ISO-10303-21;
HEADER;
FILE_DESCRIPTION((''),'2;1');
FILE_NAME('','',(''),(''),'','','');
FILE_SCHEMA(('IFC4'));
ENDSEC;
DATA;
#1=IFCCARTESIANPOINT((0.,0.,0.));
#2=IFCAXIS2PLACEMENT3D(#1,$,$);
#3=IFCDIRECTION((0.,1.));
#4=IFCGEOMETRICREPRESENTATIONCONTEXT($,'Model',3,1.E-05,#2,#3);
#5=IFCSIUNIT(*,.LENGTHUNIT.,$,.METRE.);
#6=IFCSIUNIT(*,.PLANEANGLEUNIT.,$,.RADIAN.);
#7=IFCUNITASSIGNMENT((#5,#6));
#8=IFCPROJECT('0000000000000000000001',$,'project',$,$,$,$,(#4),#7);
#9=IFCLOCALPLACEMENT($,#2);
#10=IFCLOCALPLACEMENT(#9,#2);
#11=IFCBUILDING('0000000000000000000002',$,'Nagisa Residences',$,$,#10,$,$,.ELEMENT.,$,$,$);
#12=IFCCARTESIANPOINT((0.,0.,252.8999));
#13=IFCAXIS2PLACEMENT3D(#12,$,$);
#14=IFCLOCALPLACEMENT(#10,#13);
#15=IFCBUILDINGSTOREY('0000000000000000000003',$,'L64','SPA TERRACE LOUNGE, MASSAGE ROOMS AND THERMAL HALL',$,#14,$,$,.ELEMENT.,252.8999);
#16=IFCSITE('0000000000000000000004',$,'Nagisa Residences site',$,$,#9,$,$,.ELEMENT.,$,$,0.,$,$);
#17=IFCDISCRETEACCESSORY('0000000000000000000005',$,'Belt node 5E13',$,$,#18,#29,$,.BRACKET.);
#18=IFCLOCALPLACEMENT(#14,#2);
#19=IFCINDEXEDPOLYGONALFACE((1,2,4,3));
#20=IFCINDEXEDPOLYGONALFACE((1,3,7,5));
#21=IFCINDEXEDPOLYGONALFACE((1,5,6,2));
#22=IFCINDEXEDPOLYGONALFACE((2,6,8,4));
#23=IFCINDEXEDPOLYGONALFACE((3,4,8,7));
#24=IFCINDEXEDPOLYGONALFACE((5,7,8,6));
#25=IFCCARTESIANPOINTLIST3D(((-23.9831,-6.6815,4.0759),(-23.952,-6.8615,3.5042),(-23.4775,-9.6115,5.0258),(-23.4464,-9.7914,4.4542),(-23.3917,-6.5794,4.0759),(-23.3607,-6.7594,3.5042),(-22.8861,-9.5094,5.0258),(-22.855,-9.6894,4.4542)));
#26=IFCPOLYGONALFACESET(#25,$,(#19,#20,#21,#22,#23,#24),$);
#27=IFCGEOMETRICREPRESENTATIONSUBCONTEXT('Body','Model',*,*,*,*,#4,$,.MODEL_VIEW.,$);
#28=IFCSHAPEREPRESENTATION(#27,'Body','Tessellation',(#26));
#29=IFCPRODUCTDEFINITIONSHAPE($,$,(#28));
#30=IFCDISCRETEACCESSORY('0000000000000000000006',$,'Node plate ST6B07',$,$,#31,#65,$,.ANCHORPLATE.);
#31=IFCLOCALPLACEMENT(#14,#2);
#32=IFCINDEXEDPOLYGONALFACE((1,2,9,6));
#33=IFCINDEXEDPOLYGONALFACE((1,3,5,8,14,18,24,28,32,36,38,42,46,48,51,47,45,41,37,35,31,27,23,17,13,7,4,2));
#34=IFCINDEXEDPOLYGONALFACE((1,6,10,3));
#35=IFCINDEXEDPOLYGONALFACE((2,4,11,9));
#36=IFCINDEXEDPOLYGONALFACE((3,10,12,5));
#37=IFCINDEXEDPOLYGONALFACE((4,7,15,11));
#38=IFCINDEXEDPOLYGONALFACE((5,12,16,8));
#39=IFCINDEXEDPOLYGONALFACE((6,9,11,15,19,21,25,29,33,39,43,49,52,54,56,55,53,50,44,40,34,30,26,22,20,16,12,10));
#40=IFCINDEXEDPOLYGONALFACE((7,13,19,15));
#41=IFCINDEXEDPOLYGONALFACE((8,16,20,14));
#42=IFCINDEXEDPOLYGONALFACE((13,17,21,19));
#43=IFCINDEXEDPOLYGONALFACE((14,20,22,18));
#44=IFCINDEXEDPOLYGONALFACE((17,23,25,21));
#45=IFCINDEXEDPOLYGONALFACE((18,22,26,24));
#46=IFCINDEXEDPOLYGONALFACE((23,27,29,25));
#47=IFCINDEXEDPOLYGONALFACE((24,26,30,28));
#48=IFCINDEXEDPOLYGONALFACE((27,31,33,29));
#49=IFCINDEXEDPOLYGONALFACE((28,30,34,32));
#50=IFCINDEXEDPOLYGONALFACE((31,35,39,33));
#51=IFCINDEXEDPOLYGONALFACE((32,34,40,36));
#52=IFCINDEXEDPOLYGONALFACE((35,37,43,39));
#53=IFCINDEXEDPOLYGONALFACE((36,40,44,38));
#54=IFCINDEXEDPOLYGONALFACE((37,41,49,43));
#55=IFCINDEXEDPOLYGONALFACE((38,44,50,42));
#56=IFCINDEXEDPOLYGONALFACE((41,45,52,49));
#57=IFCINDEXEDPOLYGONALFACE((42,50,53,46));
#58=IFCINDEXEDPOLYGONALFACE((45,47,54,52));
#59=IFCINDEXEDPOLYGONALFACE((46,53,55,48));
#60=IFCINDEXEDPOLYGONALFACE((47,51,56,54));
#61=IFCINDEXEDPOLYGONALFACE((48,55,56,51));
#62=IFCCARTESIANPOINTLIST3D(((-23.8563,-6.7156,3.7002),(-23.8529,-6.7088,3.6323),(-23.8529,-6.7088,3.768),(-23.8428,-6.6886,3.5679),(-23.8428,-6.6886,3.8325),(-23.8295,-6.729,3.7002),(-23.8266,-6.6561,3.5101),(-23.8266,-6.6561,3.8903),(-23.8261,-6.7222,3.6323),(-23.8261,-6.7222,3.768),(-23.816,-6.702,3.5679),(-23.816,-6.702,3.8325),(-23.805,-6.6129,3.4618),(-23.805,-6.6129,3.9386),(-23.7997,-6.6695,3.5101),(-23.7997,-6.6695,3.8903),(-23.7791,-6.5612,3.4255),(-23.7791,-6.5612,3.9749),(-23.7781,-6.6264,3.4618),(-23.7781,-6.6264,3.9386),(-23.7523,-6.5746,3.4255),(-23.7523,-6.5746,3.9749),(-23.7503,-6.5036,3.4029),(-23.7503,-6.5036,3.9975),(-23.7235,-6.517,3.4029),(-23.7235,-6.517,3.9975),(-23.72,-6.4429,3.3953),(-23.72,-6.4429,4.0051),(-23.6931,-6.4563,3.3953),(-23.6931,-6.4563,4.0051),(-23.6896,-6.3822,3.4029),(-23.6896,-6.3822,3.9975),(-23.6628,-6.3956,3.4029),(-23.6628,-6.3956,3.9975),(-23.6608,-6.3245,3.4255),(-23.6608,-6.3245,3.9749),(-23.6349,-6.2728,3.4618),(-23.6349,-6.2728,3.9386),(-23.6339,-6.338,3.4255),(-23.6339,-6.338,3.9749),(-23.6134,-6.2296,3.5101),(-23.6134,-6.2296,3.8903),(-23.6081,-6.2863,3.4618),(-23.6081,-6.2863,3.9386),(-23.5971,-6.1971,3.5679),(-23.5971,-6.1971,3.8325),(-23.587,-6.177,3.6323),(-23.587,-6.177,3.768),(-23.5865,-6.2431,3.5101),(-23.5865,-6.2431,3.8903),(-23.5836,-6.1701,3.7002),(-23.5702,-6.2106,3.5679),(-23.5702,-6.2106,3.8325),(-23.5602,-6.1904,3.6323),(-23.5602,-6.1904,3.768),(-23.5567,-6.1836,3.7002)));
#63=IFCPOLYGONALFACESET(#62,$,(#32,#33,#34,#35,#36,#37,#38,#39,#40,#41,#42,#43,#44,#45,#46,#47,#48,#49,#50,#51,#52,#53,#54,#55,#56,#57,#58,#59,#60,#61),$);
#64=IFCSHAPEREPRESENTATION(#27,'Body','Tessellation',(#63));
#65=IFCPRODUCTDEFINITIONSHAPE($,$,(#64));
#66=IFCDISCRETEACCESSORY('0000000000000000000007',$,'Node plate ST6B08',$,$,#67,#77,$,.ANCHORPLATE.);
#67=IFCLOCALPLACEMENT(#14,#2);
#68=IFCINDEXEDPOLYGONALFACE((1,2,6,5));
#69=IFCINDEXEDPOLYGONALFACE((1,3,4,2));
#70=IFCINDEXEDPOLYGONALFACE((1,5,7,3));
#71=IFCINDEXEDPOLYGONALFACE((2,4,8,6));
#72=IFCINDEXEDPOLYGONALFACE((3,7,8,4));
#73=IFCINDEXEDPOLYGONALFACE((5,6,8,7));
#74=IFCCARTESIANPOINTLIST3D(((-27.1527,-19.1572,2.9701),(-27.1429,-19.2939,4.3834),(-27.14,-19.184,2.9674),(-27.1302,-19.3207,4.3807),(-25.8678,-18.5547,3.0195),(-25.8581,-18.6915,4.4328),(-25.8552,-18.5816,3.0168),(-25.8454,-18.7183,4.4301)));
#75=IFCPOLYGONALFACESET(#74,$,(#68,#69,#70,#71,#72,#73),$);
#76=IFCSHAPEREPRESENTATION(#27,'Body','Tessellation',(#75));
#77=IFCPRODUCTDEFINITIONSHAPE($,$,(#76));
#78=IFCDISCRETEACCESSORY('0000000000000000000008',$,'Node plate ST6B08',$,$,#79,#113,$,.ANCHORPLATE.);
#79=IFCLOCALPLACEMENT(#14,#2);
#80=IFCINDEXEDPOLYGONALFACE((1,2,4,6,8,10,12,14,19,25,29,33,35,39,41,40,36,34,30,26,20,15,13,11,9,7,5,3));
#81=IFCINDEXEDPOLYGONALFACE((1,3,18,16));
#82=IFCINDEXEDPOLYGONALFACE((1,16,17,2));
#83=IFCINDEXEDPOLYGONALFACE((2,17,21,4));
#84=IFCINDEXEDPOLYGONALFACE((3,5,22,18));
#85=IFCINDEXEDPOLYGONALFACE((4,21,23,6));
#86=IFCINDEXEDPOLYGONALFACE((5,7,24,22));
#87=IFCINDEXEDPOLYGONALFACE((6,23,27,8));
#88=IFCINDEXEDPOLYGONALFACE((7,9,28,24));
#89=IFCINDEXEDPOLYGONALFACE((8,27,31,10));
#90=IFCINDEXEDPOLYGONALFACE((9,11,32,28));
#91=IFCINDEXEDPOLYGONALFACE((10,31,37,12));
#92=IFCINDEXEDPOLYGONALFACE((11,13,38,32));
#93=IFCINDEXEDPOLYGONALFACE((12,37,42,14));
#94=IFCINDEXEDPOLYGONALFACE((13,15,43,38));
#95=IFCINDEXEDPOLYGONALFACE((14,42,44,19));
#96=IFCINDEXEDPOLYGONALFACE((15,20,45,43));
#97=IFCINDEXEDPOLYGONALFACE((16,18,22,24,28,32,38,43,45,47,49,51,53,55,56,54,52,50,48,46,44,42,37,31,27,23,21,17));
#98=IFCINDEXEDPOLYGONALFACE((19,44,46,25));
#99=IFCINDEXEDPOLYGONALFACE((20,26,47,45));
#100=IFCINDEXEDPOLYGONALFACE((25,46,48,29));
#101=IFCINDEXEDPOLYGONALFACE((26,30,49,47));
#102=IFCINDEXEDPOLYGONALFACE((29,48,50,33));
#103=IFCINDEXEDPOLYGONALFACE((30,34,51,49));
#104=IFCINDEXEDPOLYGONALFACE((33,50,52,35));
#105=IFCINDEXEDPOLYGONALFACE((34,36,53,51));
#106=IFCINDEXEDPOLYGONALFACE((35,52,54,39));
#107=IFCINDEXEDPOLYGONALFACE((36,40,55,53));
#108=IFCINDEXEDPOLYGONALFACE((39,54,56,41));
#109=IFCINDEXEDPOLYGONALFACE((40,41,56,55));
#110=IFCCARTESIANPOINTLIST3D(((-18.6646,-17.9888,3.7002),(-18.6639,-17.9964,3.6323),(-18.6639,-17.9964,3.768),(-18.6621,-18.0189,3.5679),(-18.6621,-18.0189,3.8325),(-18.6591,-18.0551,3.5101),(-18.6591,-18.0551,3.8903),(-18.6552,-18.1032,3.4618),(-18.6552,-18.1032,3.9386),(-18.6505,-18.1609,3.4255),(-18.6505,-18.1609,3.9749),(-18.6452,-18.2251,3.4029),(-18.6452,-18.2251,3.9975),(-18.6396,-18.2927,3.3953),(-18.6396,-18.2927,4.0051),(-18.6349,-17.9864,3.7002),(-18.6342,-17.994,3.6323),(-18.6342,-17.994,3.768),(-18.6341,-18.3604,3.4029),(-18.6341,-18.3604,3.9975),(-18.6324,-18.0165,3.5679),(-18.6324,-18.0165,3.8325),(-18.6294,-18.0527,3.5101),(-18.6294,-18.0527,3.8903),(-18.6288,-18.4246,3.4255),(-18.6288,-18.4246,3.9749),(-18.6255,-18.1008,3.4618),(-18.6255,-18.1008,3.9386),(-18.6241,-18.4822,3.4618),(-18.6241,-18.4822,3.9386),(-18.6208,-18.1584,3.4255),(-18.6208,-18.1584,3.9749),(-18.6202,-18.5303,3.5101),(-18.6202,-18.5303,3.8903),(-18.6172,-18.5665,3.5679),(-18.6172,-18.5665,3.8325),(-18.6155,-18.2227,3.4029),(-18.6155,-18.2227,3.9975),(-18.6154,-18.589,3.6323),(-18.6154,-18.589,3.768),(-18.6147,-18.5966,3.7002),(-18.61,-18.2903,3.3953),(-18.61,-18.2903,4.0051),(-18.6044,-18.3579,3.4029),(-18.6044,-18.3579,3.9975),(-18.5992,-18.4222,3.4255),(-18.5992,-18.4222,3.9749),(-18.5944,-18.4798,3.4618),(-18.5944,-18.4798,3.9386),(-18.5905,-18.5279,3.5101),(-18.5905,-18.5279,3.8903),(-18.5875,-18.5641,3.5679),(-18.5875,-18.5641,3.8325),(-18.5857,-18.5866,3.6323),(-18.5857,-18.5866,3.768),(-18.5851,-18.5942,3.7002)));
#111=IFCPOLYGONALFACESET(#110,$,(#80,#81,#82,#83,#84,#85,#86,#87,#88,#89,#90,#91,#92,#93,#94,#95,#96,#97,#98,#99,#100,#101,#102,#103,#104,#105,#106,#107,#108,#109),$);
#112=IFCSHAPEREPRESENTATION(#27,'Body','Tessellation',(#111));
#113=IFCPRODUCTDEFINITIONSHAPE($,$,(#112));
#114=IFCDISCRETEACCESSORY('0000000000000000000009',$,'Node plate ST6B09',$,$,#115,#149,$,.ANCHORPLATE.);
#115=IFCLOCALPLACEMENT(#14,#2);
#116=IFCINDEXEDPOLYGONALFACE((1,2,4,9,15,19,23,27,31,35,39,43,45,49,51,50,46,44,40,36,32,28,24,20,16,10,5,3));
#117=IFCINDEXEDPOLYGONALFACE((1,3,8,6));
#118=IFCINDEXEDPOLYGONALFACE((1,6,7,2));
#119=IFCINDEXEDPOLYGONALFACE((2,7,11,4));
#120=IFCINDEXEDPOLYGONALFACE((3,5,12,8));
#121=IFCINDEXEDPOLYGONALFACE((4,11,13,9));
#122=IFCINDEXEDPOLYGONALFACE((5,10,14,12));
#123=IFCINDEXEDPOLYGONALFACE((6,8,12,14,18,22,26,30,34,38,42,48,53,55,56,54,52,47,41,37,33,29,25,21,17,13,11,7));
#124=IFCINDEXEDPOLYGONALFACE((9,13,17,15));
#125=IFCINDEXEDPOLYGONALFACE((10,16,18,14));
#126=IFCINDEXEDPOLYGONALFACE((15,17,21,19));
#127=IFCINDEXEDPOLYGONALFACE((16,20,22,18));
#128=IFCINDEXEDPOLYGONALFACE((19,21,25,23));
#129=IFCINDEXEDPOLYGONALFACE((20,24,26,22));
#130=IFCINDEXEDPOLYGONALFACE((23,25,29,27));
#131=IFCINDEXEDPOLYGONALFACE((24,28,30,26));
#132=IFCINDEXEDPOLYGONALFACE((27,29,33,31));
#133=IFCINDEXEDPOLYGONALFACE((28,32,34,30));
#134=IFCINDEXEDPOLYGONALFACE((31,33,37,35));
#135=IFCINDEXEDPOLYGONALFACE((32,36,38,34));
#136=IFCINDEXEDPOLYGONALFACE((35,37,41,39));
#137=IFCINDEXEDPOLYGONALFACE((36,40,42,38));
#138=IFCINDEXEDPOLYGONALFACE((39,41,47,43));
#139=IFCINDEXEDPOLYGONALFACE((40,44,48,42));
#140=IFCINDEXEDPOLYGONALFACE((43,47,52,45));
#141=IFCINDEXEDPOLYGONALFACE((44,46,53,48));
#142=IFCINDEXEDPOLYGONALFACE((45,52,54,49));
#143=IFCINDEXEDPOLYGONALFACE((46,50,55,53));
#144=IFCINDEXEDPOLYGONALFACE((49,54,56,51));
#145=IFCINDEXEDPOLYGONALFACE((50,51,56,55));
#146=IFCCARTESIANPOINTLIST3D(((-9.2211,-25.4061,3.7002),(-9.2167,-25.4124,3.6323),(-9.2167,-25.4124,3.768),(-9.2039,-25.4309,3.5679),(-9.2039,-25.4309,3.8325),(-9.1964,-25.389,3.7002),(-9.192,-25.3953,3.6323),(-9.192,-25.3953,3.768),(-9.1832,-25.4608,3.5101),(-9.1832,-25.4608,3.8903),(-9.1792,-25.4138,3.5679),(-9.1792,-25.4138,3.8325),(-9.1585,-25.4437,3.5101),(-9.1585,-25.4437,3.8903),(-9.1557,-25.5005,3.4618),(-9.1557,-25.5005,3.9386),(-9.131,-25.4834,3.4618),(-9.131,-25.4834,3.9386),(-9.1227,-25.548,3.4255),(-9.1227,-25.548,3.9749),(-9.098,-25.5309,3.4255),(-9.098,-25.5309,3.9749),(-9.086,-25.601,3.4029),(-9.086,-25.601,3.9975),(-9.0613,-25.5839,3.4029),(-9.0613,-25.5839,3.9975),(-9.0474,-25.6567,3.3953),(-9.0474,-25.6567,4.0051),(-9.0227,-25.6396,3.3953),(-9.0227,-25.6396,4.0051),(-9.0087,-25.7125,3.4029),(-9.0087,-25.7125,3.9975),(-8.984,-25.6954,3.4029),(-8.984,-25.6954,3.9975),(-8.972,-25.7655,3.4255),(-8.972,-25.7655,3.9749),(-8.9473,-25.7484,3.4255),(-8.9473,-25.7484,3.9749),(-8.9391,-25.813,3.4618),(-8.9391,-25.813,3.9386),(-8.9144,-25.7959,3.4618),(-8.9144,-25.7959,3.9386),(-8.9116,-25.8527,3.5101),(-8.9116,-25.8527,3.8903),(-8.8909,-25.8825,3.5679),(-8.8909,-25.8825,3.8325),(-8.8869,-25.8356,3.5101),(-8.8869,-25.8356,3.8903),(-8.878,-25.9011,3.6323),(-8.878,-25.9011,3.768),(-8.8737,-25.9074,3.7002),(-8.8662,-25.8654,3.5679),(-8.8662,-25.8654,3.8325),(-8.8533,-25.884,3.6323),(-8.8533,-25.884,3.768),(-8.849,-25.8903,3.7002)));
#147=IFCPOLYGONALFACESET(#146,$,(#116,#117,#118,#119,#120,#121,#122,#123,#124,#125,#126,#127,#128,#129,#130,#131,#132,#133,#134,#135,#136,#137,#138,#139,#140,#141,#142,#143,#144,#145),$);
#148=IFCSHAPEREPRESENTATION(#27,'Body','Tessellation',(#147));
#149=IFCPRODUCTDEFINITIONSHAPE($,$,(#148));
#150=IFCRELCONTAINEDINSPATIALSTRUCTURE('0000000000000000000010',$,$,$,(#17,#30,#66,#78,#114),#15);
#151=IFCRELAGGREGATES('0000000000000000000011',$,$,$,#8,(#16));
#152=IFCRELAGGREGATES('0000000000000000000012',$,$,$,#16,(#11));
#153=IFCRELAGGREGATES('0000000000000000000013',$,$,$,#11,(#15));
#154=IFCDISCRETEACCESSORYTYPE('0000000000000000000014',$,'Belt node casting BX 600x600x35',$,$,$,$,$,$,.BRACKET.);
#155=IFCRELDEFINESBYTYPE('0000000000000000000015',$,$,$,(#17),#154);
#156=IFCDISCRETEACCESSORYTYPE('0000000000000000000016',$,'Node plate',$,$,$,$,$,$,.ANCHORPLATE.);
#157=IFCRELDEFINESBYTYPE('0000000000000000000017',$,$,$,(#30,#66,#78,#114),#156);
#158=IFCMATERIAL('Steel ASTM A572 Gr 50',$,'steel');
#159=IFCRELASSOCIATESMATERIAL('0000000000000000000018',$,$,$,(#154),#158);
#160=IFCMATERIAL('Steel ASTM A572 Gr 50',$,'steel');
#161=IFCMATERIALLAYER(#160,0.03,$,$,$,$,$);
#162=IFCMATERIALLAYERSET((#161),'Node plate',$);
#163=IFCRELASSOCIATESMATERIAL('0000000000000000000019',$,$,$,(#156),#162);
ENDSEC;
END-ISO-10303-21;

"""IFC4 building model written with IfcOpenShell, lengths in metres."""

from ifc_helpers import new_model, si_unit, direction, frame, origin, origin_2d, place, context, subcontext, project, spatial, rectangle, circle, extrude, material, layer, layer_set, type_object, element, save


model = new_model("IFC4")

# Units and contexts
model_context = context("Model", 3, precision=1e-05, world=origin(), true_north=direction((0.0, 1.0)))
body_context = subcontext(model_context, "Body", "Model", "MODEL_VIEW")
ifc_project = project(units=[si_unit("LENGTHUNIT", "METRE"), si_unit("PLANEANGLEUNIT", "RADIAN")], contexts=[model_context])

# Site, building, storey
site_placement = place(None, origin())
site = spatial("IfcSite", under=ifc_project, at=site_placement, Name="Nagisa Residences site", CompositionType="ELEMENT", RefElevation=0.0)
building_placement = place(site_placement, origin())
building = spatial("IfcBuilding", under=site, at=building_placement, Name="Nagisa Residences", CompositionType="ELEMENT")
storey_placement = place(building_placement, frame((0.0, 0.0, 252.8999)))
storey = spatial("IfcBuildingStorey", under=building, at=storey_placement, Name="L64", Description="SPA TERRACE LOUNGE, MASSAGE ROOMS AND THERMAL HALL", CompositionType="ELEMENT", Elevation=252.8999)

# Discrete accessories
ifc_material_1 = material(Name="Steel ASTM A572 Gr 50", Category="steel")
discrete_accessory_type_1 = type_object("IfcDiscreteAccessoryType", Name="Belt node casting BX 600x600x35", PredefinedType="BRACKET", material=ifc_material_1)
discrete_accessory_1_placement = place(storey_placement, frame((-23.6719, -6.7205, 3.79), z_axis=(0.161988, -0.938688, 0.304344), x_axis=(0.985435, 0.170055, 0.0)))
element("IfcDiscreteAccessory", 1, at=discrete_accessory_1_placement, inside=storey, type_object=discrete_accessory_type_1, Name="Belt node 5E13", PredefinedType="BRACKET", context=body_context, shape_type="SweptSolid", body=[
    extrude(rectangle(XDim=0.6001, YDim=0.6001, at=origin_2d()), origin(), (0.0, 0.0, 1.0), 3.1213),
])
ifc_material_2 = material(Name="Steel ASTM A572 Gr 50", Category="steel")
ifc_layer = layer(ifc_material_2, 0.03)
ifc_layer_set = layer_set([ifc_layer], Name="Node plate")
discrete_accessory_type_2 = type_object("IfcDiscreteAccessoryType", Name="Node plate", PredefinedType="ANCHORPLATE", material=ifc_layer_set)
discrete_accessory_2_placement = place(storey_placement, frame((-23.72, -6.4429, 3.7002), z_axis=(0.894427, -0.447214, 0.0), x_axis=(0.447214, 0.894427, 0.0)))
element("IfcDiscreteAccessory", 2, at=discrete_accessory_2_placement, inside=storey, type_object=discrete_accessory_type_2, Name="Node plate ST6B07", PredefinedType="ANCHORPLATE", context=body_context, shape_type="SweptSolid", body=[
    extrude(circle(Radius=0.3049, at=origin_2d()), origin(), (0.0, 0.0, 1.0), 0.03),
])
discrete_accessory_3_placement = place(storey_placement, frame((-26.5054, -18.9243, 3.7014), z_axis=(0.425644, -0.9004, -0.09004), x_axis=(0.904865, 0.424276, 0.034781)))
element("IfcDiscreteAccessory", 3, at=discrete_accessory_3_placement, inside=storey, type_object=discrete_accessory_type_2, Name="Node plate ST6B08", PredefinedType="ANCHORPLATE", context=body_context, shape_type="SweptSolid", body=[
    extrude(rectangle(XDim=1.4199, YDim=1.4199, at=origin_2d()), origin(), (0.0, 0.0, 1.0), 0.0298),
])
discrete_accessory_4_placement = place(storey_placement, frame((-18.6396, -18.2927, 3.7002), z_axis=(0.996658, 0.081693, 0.0), x_axis=(-0.081693, 0.996658, 0.0)))
element("IfcDiscreteAccessory", 4, at=discrete_accessory_4_placement, inside=storey, type_object=discrete_accessory_type_2, Name="Node plate ST6B08", PredefinedType="ANCHORPLATE", context=body_context, shape_type="SweptSolid", body=[
    extrude(circle(Radius=0.3049, at=origin_2d()), origin(), (0.0, 0.0, 1.0), 0.0298),
])
discrete_accessory_5_placement = place(storey_placement, frame((-9.0474, -25.6567, 3.7002), z_axis=(0.821899, 0.569633, 0.0), x_axis=(-0.569633, 0.821899, 0.0)))
element("IfcDiscreteAccessory", 5, at=discrete_accessory_5_placement, inside=storey, type_object=discrete_accessory_type_2, Name="Node plate ST6B09", PredefinedType="ANCHORPLATE", context=body_context, shape_type="SweptSolid", body=[
    extrude(circle(Radius=0.3049, at=origin_2d()), origin(), (0.0, 0.0, 1.0), 0.03),
])

save(model, "model.ifc")
